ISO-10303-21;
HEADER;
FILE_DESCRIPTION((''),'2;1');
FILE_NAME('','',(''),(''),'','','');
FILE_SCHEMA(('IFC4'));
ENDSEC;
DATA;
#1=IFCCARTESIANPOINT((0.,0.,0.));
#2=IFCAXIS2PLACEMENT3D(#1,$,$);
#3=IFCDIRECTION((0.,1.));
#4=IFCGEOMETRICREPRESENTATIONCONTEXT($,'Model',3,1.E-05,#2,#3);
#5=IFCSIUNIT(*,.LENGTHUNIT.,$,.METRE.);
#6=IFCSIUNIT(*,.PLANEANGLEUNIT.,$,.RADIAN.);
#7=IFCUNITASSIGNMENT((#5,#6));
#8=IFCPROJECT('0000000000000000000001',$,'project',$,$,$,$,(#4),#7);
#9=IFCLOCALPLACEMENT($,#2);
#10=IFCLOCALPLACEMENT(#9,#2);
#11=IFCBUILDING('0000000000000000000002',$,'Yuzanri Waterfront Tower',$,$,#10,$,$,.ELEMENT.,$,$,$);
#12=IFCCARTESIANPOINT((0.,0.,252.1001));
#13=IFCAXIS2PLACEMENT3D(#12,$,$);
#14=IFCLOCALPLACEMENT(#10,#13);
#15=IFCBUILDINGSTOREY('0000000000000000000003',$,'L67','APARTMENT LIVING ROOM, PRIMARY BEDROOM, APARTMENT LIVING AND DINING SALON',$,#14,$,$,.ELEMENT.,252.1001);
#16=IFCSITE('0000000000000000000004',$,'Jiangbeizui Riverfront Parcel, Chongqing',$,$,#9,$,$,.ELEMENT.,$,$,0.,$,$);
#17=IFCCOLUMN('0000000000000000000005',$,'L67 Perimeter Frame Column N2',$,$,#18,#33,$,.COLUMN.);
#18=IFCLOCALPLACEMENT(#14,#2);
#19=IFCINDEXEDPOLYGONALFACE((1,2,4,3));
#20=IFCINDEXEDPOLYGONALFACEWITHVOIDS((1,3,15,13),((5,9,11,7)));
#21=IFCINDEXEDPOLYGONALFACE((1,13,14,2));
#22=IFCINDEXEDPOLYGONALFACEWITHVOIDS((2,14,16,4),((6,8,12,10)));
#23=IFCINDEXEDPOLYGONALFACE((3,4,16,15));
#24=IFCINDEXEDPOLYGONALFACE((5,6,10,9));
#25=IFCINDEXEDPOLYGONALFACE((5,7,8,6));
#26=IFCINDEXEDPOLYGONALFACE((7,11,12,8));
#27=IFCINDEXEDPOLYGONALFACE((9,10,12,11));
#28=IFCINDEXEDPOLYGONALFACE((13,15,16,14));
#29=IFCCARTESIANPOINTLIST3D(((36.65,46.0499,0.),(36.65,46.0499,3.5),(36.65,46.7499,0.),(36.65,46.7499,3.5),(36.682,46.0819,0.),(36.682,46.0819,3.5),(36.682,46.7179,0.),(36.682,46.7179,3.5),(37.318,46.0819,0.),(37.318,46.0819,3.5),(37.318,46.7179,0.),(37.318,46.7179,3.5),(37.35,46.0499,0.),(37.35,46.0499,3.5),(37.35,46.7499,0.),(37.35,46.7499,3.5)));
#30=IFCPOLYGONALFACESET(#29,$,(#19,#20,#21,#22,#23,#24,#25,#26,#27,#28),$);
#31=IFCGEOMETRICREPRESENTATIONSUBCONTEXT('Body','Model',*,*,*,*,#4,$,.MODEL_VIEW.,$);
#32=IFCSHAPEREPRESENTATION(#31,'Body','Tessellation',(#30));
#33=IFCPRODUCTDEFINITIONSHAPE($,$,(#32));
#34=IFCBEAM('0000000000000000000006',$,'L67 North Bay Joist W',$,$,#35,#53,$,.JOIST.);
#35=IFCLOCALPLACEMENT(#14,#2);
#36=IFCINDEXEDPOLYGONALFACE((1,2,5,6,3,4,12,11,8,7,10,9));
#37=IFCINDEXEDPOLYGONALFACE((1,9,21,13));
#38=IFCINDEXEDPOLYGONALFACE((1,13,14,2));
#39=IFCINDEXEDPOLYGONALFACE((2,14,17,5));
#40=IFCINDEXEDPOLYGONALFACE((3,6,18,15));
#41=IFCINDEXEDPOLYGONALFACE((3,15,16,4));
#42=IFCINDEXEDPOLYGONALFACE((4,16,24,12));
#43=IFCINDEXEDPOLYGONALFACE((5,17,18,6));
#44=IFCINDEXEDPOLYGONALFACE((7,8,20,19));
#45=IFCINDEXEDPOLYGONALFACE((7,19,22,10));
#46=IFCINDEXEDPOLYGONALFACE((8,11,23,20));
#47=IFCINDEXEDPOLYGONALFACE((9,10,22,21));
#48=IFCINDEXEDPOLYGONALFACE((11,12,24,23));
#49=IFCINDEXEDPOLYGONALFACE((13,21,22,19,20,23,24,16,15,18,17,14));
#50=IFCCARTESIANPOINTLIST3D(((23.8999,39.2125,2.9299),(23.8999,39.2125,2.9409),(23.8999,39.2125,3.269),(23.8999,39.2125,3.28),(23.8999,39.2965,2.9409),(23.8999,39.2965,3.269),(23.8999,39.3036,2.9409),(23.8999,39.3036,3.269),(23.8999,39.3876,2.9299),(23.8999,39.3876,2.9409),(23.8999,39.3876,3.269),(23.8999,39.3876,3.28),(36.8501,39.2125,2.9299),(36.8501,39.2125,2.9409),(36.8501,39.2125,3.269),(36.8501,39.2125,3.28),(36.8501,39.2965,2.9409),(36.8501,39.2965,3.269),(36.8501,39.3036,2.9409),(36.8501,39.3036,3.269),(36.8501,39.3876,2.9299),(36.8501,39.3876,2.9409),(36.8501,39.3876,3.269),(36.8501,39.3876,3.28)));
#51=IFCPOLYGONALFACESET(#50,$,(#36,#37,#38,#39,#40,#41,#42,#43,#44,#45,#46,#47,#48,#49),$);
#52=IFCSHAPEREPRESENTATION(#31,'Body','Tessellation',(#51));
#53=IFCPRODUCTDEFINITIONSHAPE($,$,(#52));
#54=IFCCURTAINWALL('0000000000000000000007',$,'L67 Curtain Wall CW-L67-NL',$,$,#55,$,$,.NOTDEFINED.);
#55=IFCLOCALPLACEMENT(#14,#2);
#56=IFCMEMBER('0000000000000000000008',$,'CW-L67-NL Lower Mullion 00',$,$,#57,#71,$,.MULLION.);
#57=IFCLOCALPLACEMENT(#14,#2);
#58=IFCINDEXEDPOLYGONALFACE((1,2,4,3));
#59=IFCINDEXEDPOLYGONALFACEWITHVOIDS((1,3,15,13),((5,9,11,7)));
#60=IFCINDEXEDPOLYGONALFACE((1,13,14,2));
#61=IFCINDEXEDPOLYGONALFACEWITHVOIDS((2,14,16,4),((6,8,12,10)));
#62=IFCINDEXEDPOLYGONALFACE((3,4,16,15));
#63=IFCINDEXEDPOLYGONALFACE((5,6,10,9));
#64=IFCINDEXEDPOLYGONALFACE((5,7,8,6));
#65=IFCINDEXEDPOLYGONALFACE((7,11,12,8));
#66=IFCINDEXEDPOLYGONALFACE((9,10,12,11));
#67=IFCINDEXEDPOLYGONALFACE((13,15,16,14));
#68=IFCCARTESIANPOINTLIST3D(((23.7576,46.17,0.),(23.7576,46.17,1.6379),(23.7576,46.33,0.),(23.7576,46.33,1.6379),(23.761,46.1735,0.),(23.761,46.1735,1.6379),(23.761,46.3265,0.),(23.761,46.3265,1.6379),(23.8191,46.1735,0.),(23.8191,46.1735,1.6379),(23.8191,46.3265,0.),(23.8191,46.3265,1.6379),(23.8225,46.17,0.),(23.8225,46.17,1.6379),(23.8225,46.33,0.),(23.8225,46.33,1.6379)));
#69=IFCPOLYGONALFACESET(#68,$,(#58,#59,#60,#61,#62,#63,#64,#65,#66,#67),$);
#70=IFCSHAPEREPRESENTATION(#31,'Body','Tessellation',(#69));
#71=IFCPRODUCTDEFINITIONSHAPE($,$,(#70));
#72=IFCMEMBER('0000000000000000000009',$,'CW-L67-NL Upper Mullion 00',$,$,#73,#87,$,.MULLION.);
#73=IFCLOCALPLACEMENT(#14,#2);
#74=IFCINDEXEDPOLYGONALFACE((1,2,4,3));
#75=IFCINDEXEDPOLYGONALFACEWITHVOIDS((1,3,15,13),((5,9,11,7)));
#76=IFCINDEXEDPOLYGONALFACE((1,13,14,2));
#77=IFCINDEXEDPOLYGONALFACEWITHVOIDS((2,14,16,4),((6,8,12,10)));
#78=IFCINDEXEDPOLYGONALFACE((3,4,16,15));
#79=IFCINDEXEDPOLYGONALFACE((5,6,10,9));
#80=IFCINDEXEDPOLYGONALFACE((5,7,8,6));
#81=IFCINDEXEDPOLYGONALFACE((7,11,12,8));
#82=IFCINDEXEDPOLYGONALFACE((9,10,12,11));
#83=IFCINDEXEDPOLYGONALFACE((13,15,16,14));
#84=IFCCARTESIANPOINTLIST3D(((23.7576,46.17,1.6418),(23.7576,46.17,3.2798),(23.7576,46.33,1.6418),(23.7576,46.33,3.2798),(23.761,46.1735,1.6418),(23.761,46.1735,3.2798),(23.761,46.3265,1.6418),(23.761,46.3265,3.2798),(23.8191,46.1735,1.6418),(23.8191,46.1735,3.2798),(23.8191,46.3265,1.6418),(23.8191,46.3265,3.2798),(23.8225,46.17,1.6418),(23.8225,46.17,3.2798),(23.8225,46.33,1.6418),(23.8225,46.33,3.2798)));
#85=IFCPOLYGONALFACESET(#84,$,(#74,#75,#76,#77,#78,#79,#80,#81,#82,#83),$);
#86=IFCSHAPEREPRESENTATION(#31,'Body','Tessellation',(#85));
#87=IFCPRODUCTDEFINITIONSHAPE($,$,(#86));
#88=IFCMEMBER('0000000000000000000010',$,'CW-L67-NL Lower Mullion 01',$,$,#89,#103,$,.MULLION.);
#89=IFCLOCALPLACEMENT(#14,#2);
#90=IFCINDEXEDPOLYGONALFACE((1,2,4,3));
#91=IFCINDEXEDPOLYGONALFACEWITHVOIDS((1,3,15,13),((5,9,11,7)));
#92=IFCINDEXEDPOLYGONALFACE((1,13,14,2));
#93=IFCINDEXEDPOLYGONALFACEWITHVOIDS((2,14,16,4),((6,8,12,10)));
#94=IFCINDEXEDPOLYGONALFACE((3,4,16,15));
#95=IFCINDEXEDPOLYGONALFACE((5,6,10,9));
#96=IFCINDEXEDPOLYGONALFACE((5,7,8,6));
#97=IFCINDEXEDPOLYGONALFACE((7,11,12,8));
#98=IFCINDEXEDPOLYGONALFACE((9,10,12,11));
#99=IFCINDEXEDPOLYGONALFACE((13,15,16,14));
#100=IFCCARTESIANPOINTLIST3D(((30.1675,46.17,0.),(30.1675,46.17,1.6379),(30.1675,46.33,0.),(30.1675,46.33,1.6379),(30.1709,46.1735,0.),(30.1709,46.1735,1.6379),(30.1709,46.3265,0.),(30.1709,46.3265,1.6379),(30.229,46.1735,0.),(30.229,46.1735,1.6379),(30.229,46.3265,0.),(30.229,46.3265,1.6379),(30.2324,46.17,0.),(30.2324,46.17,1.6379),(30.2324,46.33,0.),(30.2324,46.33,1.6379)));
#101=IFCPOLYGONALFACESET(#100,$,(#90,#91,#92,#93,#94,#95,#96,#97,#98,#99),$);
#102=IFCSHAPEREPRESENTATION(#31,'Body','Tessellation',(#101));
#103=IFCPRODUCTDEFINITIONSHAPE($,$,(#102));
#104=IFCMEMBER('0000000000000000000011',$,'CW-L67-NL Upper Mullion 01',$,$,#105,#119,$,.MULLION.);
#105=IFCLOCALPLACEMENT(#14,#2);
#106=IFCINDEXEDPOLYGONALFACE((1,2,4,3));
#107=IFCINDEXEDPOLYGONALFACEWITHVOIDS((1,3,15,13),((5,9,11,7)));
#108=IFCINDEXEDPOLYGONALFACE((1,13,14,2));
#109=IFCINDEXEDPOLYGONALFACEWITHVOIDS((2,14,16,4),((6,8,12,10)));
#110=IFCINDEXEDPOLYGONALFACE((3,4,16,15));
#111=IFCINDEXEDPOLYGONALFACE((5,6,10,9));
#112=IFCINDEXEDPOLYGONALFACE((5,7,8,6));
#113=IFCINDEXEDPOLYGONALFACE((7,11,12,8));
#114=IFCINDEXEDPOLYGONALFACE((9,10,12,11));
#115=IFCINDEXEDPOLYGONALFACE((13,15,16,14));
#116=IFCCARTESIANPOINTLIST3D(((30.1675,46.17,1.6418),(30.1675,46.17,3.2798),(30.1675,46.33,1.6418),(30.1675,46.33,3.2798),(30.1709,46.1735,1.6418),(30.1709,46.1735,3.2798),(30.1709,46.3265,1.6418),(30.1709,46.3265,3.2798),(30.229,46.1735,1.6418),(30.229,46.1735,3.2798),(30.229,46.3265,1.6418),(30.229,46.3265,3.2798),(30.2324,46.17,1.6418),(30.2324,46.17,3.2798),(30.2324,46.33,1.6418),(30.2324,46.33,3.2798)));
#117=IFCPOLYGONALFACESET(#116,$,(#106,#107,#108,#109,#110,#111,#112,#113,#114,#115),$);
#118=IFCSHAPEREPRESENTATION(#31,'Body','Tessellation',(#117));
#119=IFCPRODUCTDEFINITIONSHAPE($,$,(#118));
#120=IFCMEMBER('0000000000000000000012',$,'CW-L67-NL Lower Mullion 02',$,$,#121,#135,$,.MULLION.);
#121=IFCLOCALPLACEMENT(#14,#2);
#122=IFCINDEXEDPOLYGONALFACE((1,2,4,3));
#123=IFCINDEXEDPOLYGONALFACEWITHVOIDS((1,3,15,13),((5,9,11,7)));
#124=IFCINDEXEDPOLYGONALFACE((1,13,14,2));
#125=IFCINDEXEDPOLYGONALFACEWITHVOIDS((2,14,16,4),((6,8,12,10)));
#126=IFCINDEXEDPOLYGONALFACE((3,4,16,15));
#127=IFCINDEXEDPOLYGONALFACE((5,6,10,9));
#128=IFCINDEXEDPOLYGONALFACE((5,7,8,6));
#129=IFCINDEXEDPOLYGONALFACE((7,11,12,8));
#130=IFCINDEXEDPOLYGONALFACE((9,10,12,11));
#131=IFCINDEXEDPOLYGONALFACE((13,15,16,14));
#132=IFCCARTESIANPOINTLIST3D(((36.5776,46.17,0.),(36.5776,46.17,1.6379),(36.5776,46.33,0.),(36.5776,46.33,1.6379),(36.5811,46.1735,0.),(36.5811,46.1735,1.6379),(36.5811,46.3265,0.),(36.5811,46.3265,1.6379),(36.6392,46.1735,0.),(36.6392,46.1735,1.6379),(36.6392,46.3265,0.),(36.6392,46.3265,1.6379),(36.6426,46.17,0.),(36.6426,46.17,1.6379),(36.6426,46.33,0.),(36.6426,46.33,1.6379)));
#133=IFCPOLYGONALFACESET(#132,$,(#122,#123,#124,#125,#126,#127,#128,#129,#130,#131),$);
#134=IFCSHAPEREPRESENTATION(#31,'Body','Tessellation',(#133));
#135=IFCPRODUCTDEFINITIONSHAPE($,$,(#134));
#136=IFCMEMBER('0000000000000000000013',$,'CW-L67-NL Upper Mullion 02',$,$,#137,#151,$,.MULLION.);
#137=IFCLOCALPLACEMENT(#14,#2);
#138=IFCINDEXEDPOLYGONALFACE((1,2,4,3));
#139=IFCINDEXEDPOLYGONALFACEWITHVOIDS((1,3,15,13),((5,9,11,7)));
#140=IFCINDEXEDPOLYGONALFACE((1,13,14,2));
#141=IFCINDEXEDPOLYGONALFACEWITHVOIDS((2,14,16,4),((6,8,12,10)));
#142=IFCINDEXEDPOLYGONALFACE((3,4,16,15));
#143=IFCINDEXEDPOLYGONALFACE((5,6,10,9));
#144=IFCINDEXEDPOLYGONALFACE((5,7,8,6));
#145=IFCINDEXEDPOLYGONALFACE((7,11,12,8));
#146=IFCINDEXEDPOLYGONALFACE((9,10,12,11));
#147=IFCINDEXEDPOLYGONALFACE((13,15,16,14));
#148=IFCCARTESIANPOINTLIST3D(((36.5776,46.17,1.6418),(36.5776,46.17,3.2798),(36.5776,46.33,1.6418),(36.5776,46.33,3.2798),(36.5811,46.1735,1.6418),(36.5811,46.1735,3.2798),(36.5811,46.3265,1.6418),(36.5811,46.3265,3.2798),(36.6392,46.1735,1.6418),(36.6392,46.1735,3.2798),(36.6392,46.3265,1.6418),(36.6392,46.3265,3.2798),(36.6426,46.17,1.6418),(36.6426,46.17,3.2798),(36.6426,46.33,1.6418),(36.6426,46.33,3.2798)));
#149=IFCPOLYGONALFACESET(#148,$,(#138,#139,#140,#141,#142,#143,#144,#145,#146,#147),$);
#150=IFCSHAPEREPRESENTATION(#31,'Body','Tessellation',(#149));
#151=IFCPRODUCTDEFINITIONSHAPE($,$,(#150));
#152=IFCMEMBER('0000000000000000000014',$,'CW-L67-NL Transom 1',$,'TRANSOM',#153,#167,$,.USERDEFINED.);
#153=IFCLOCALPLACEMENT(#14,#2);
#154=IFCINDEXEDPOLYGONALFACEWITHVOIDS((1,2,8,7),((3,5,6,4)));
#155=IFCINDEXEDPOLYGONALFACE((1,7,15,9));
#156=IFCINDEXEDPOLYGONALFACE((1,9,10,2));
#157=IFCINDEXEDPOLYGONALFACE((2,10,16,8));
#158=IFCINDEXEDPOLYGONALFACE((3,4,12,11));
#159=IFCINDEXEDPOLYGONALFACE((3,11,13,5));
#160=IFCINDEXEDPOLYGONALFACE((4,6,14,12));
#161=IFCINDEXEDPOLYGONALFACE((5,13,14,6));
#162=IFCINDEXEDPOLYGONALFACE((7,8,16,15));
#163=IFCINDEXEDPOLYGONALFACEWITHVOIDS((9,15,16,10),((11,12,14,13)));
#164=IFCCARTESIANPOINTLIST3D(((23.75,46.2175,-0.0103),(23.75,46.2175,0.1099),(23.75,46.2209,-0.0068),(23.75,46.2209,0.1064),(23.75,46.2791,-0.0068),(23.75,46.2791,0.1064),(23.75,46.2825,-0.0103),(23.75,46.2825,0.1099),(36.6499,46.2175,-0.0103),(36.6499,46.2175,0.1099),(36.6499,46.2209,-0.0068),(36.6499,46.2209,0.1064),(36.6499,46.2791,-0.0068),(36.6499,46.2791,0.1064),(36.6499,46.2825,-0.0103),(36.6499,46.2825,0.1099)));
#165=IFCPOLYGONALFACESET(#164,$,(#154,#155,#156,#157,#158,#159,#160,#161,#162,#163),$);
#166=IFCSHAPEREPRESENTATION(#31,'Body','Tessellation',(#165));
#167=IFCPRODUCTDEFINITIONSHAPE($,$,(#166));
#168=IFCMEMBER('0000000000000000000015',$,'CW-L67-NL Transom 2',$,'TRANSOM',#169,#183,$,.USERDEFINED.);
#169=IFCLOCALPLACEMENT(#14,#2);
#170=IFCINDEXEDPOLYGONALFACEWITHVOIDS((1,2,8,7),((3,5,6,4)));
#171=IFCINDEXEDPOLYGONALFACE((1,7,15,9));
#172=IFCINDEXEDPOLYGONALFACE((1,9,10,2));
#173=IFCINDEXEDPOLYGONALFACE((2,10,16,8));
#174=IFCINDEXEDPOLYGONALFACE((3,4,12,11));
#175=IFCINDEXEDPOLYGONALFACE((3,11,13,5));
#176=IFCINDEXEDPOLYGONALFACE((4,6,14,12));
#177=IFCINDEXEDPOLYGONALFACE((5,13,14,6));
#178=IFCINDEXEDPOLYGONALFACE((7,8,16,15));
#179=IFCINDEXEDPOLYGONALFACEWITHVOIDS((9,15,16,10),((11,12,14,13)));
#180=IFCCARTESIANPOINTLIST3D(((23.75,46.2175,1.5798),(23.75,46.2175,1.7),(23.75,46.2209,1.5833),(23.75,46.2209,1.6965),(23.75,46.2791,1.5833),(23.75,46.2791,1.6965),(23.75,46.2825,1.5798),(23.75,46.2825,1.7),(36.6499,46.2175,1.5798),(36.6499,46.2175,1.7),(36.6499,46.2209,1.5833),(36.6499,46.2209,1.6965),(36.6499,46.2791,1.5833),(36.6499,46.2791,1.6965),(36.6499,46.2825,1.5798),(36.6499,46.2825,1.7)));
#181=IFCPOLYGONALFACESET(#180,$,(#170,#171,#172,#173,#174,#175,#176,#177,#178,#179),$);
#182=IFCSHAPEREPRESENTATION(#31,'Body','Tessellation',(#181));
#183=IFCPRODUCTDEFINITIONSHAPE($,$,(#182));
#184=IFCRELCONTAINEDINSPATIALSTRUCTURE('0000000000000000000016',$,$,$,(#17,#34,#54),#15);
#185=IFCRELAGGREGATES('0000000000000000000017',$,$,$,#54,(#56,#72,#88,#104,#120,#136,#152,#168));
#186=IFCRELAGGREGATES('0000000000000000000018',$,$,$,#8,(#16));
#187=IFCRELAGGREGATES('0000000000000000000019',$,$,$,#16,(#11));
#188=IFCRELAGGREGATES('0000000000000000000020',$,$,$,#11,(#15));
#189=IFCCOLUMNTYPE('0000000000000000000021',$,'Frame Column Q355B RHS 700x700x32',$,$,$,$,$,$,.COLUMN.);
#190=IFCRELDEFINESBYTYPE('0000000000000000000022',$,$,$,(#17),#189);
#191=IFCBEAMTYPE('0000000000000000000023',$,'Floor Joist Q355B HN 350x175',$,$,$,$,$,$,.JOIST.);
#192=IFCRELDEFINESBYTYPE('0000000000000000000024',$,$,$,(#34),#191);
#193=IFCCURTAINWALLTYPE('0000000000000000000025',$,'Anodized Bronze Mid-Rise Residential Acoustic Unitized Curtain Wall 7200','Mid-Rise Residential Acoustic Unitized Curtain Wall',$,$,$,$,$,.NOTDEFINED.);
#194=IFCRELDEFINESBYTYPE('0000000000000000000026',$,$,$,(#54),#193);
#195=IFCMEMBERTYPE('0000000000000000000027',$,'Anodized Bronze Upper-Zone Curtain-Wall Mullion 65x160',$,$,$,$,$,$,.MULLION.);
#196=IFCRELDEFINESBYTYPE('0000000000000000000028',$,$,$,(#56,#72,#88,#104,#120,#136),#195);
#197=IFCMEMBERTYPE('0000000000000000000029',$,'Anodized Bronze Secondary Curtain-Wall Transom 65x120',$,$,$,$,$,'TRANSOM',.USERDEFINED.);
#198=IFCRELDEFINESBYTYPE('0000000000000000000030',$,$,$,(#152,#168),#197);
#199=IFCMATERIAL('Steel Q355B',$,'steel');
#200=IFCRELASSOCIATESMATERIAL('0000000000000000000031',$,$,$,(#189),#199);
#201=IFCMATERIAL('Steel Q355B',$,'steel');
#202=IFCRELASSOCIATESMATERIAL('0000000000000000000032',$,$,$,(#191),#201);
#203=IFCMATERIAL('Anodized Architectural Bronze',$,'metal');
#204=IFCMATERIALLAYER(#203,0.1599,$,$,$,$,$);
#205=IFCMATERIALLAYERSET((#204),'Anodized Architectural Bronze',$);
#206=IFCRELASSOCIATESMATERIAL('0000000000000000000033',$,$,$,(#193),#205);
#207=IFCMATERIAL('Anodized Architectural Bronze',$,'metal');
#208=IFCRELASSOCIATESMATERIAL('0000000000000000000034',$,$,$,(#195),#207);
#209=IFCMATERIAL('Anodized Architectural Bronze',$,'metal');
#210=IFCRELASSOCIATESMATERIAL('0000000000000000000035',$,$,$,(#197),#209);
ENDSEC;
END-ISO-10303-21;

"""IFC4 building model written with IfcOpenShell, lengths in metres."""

from ifc_helpers import new_model, si_unit, direction, frame, origin, origin_2d, place, context, subcontext, project, spatial, hollow_rectangle, i_section, extrude, source, transform, mapped, material, layer, layer_set, material_profile, profile_set, type_object, element, aggregate, save


model = new_model("IFC4")

# Units and contexts
model_context = context("Model", 3, precision=1e-05, world=origin(), true_north=direction((0.0, 1.0)))
body_context = subcontext(model_context, "Body", "Model", "MODEL_VIEW")
ifc_project = project(units=[si_unit("LENGTHUNIT", "METRE"), si_unit("PLANEANGLEUNIT", "RADIAN")], contexts=[model_context])

# Site, building, storey
site_placement = place(None, origin())
site = spatial("IfcSite", under=ifc_project, at=site_placement, Name="Jiangbeizui Riverfront Parcel, Chongqing", CompositionType="ELEMENT", RefElevation=0.0)
building_placement = place(site_placement, origin())
building = spatial("IfcBuilding", under=site, at=building_placement, Name="Yuzanri Waterfront Tower", CompositionType="ELEMENT")
storey_placement = place(building_placement, frame((0.0, 0.0, 252.1001)))
storey = spatial("IfcBuildingStorey", under=building, at=storey_placement, Name="L67", Description="APARTMENT LIVING ROOM, PRIMARY BEDROOM, APARTMENT LIVING AND DINING SALON", CompositionType="ELEMENT", Elevation=252.1001)

# Column
ifc_material_1 = material(Name="Steel Q355B", Category="steel")
ifc_material_profile_1 = material_profile(ifc_material_1, hollow_rectangle(XDim=0.7, YDim=0.7, WallThickness=0.032, at=origin_2d()), Name="RHS 700x700x32")
ifc_profile_set_1 = profile_set([ifc_material_profile_1], Name="Steel Q355B")
column_type = type_object("IfcColumnType", Name="Frame Column Q355B RHS 700x700x32", PredefinedType="COLUMN", material=ifc_profile_set_1)
shared_shape_1 = source(origin(), body_context, "Body", "SweptSolid", [
    extrude(hollow_rectangle(XDim=0.7, YDim=0.7, WallThickness=0.032, at=origin_2d()), origin(), (0.0, 0.0, 1.0), 3.5),
])
column_placement = place(storey_placement, frame((37.0, 46.3999, 0.0), z_axis=(0.0, 0.0, 1.0), x_axis=(1.0, 0.0, 0.0)))
element("IfcColumn", 1, at=column_placement, inside=storey, type_object=column_type, Name="L67 Perimeter Frame Column N2", PredefinedType="COLUMN", context=body_context, shape_type="MappedRepresentation", body=[
    mapped(shared_shape_1, transform((0.0, 0.0, 0.0), scale=1.0)),
])

# Beam
ifc_material_2 = material(Name="Steel Q355B", Category="steel")
ifc_material_profile_2 = material_profile(ifc_material_2, i_section(OverallWidth=0.175, OverallDepth=0.3501, WebThickness=0.0071, FlangeThickness=0.011, at=origin_2d()), Name="HN 350x175x7x11")
ifc_profile_set_2 = profile_set([ifc_material_profile_2], Name="Steel Q355B")
beam_type = type_object("IfcBeamType", Name="Floor Joist Q355B HN 350x175", PredefinedType="JOIST", material=ifc_profile_set_2)
shared_shape_2 = source(origin(), body_context, "Body", "SweptSolid", [
    extrude(i_section(OverallWidth=0.175, OverallDepth=0.3501, WebThickness=0.0071, FlangeThickness=0.011, at=origin_2d()), origin(), (0.0, 0.0, 1.0), 12.9502),
])
beam_placement = place(storey_placement, frame((23.8999, 39.3, 3.105), z_axis=(1.0, 0.0, 0.0), x_axis=(0.0, 1.0, 0.0)))
element("IfcBeam", 2, at=beam_placement, inside=storey, type_object=beam_type, Name="L67 North Bay Joist W", PredefinedType="JOIST", context=body_context, shape_type="MappedRepresentation", body=[
    mapped(shared_shape_2, transform((0.0, 0.0, 0.0), scale=1.0)),
])

# Curtain wall, members
ifc_material_3 = material(Name="Anodized Architectural Bronze", Category="metal")
ifc_layer_1 = layer(ifc_material_3, 0.1599)
ifc_layer_set_1 = layer_set([ifc_layer_1], Name="Anodized Architectural Bronze")
curtain_wall_type = type_object("IfcCurtainWallType", Name="Anodized Bronze Mid-Rise Residential Acoustic Unitized Curtain Wall 7200", Description="Mid-Rise Residential Acoustic Unitized Curtain Wall", PredefinedType="NOTDEFINED", material=ifc_layer_set_1)
curtain_wall_placement = place(storey_placement, origin())
curtain_wall = element("IfcCurtainWall", 3, at=curtain_wall_placement, inside=storey, type_object=curtain_wall_type, Name="L67 Curtain Wall CW-L67-NL", PredefinedType="NOTDEFINED")
ifc_material_4 = material(Name="Anodized Architectural Bronze", Category="metal")
ifc_material_profile_3 = material_profile(ifc_material_4, hollow_rectangle(XDim=0.0649, YDim=0.1599, WallThickness=0.0034, at=origin_2d()), Name="CWM 65x160")
ifc_profile_set_3 = profile_set([ifc_material_profile_3], Name="Anodized Architectural Bronze")
member_type_1 = type_object("IfcMemberType", Name="Anodized Bronze Upper-Zone Curtain-Wall Mullion 65x160", PredefinedType="MULLION", material=ifc_profile_set_3)
shared_shape_3 = source(origin(), body_context, "Body", "SweptSolid", [
    extrude(hollow_rectangle(XDim=0.0649, YDim=0.1599, WallThickness=0.0034, at=origin_2d()), origin(), (0.0, 0.0, 1.0), 1.6379),
])
member_1_placement = place(storey_placement, frame((23.79, 46.25, 0.0), z_axis=(0.0, 0.0, 1.0), x_axis=(1.0, 0.0, 0.0)))
member_1 = element("IfcMember", 4, at=member_1_placement, type_object=member_type_1, Name="CW-L67-NL Lower Mullion 00", PredefinedType="MULLION", context=body_context, shape_type="MappedRepresentation", body=[
    mapped(shared_shape_3, transform((0.0, 0.0, 0.0), scale=1.0)),
])
member_2_placement = place(storey_placement, frame((23.79, 46.25, 1.6418), z_axis=(0.0, 0.0, 1.0), x_axis=(1.0, 0.0, 0.0)))
member_2 = element("IfcMember", 5, at=member_2_placement, type_object=member_type_1, Name="CW-L67-NL Upper Mullion 00", PredefinedType="MULLION", context=body_context, shape_type="MappedRepresentation", body=[
    mapped(shared_shape_3, transform((0.0, 0.0, 0.0), scale=1.0)),
])
member_3_placement = place(storey_placement, frame((30.2, 46.25, 0.0), z_axis=(0.0, 0.0, 1.0), x_axis=(1.0, 0.0, 0.0)))
member_3 = element("IfcMember", 6, at=member_3_placement, type_object=member_type_1, Name="CW-L67-NL Lower Mullion 01", PredefinedType="MULLION", context=body_context, shape_type="MappedRepresentation", body=[
    mapped(shared_shape_3, transform((0.0, 0.0, 0.0), scale=1.0)),
])
member_4_placement = place(storey_placement, frame((30.2, 46.25, 1.6418), z_axis=(0.0, 0.0, 1.0), x_axis=(1.0, 0.0, 0.0)))
member_4 = element("IfcMember", 7, at=member_4_placement, type_object=member_type_1, Name="CW-L67-NL Upper Mullion 01", PredefinedType="MULLION", context=body_context, shape_type="MappedRepresentation", body=[
    mapped(shared_shape_3, transform((0.0, 0.0, 0.0), scale=1.0)),
])
member_5_placement = place(storey_placement, frame((36.6101, 46.25, 0.0), z_axis=(0.0, 0.0, 1.0), x_axis=(1.0, 0.0, 0.0)))
member_5 = element("IfcMember", 8, at=member_5_placement, type_object=member_type_1, Name="CW-L67-NL Lower Mullion 02", PredefinedType="MULLION", context=body_context, shape_type="MappedRepresentation", body=[
    mapped(shared_shape_3, transform((0.0, 0.0, 0.0), scale=1.0)),
])
member_6_placement = place(storey_placement, frame((36.6101, 46.25, 1.6418), z_axis=(0.0, 0.0, 1.0), x_axis=(1.0, 0.0, 0.0)))
member_6 = element("IfcMember", 9, at=member_6_placement, type_object=member_type_1, Name="CW-L67-NL Upper Mullion 02", PredefinedType="MULLION", context=body_context, shape_type="MappedRepresentation", body=[
    mapped(shared_shape_3, transform((0.0, 0.0, 0.0), scale=1.0)),
])
ifc_material_5 = material(Name="Anodized Architectural Bronze", Category="metal")
ifc_material_profile_4 = material_profile(ifc_material_5, hollow_rectangle(XDim=0.0649, YDim=0.1201, WallThickness=0.0034, at=origin_2d()), Name="CWT 65x120")
ifc_profile_set_4 = profile_set([ifc_material_profile_4], Name="Anodized Architectural Bronze")
member_type_2 = type_object("IfcMemberType", Name="Anodized Bronze Secondary Curtain-Wall Transom 65x120", ElementType="TRANSOM", PredefinedType="USERDEFINED", material=ifc_profile_set_4)
shared_shape_4 = source(origin(), body_context, "Body", "SweptSolid", [
    extrude(hollow_rectangle(XDim=0.0649, YDim=0.1201, WallThickness=0.0034, at=origin_2d()), origin(), (0.0, 0.0, 1.0), 12.8999),
])
member_7_placement = place(storey_placement, frame((23.75, 46.25, 0.0498), z_axis=(1.0, 0.0, 0.0), x_axis=(0.0, 1.0, 0.0)))
member_7 = element("IfcMember", 10, at=member_7_placement, type_object=member_type_2, Name="CW-L67-NL Transom 1", ObjectType="TRANSOM", PredefinedType="USERDEFINED", context=body_context, shape_type="MappedRepresentation", body=[
    mapped(shared_shape_4, transform((0.0, 0.0, 0.0), scale=1.0)),
])
member_8_placement = place(storey_placement, frame((23.75, 46.25, 1.6399), z_axis=(1.0, 0.0, 0.0), x_axis=(0.0, 1.0, 0.0)))
member_8 = element("IfcMember", 11, at=member_8_placement, type_object=member_type_2, Name="CW-L67-NL Transom 2", ObjectType="TRANSOM", PredefinedType="USERDEFINED", context=body_context, shape_type="MappedRepresentation", body=[
    mapped(shared_shape_4, transform((0.0, 0.0, 0.0), scale=1.0)),
])
aggregate(curtain_wall, [member_1, member_2, member_3, member_4, member_5, member_6, member_7, member_8])

save(model, "model.ifc")
